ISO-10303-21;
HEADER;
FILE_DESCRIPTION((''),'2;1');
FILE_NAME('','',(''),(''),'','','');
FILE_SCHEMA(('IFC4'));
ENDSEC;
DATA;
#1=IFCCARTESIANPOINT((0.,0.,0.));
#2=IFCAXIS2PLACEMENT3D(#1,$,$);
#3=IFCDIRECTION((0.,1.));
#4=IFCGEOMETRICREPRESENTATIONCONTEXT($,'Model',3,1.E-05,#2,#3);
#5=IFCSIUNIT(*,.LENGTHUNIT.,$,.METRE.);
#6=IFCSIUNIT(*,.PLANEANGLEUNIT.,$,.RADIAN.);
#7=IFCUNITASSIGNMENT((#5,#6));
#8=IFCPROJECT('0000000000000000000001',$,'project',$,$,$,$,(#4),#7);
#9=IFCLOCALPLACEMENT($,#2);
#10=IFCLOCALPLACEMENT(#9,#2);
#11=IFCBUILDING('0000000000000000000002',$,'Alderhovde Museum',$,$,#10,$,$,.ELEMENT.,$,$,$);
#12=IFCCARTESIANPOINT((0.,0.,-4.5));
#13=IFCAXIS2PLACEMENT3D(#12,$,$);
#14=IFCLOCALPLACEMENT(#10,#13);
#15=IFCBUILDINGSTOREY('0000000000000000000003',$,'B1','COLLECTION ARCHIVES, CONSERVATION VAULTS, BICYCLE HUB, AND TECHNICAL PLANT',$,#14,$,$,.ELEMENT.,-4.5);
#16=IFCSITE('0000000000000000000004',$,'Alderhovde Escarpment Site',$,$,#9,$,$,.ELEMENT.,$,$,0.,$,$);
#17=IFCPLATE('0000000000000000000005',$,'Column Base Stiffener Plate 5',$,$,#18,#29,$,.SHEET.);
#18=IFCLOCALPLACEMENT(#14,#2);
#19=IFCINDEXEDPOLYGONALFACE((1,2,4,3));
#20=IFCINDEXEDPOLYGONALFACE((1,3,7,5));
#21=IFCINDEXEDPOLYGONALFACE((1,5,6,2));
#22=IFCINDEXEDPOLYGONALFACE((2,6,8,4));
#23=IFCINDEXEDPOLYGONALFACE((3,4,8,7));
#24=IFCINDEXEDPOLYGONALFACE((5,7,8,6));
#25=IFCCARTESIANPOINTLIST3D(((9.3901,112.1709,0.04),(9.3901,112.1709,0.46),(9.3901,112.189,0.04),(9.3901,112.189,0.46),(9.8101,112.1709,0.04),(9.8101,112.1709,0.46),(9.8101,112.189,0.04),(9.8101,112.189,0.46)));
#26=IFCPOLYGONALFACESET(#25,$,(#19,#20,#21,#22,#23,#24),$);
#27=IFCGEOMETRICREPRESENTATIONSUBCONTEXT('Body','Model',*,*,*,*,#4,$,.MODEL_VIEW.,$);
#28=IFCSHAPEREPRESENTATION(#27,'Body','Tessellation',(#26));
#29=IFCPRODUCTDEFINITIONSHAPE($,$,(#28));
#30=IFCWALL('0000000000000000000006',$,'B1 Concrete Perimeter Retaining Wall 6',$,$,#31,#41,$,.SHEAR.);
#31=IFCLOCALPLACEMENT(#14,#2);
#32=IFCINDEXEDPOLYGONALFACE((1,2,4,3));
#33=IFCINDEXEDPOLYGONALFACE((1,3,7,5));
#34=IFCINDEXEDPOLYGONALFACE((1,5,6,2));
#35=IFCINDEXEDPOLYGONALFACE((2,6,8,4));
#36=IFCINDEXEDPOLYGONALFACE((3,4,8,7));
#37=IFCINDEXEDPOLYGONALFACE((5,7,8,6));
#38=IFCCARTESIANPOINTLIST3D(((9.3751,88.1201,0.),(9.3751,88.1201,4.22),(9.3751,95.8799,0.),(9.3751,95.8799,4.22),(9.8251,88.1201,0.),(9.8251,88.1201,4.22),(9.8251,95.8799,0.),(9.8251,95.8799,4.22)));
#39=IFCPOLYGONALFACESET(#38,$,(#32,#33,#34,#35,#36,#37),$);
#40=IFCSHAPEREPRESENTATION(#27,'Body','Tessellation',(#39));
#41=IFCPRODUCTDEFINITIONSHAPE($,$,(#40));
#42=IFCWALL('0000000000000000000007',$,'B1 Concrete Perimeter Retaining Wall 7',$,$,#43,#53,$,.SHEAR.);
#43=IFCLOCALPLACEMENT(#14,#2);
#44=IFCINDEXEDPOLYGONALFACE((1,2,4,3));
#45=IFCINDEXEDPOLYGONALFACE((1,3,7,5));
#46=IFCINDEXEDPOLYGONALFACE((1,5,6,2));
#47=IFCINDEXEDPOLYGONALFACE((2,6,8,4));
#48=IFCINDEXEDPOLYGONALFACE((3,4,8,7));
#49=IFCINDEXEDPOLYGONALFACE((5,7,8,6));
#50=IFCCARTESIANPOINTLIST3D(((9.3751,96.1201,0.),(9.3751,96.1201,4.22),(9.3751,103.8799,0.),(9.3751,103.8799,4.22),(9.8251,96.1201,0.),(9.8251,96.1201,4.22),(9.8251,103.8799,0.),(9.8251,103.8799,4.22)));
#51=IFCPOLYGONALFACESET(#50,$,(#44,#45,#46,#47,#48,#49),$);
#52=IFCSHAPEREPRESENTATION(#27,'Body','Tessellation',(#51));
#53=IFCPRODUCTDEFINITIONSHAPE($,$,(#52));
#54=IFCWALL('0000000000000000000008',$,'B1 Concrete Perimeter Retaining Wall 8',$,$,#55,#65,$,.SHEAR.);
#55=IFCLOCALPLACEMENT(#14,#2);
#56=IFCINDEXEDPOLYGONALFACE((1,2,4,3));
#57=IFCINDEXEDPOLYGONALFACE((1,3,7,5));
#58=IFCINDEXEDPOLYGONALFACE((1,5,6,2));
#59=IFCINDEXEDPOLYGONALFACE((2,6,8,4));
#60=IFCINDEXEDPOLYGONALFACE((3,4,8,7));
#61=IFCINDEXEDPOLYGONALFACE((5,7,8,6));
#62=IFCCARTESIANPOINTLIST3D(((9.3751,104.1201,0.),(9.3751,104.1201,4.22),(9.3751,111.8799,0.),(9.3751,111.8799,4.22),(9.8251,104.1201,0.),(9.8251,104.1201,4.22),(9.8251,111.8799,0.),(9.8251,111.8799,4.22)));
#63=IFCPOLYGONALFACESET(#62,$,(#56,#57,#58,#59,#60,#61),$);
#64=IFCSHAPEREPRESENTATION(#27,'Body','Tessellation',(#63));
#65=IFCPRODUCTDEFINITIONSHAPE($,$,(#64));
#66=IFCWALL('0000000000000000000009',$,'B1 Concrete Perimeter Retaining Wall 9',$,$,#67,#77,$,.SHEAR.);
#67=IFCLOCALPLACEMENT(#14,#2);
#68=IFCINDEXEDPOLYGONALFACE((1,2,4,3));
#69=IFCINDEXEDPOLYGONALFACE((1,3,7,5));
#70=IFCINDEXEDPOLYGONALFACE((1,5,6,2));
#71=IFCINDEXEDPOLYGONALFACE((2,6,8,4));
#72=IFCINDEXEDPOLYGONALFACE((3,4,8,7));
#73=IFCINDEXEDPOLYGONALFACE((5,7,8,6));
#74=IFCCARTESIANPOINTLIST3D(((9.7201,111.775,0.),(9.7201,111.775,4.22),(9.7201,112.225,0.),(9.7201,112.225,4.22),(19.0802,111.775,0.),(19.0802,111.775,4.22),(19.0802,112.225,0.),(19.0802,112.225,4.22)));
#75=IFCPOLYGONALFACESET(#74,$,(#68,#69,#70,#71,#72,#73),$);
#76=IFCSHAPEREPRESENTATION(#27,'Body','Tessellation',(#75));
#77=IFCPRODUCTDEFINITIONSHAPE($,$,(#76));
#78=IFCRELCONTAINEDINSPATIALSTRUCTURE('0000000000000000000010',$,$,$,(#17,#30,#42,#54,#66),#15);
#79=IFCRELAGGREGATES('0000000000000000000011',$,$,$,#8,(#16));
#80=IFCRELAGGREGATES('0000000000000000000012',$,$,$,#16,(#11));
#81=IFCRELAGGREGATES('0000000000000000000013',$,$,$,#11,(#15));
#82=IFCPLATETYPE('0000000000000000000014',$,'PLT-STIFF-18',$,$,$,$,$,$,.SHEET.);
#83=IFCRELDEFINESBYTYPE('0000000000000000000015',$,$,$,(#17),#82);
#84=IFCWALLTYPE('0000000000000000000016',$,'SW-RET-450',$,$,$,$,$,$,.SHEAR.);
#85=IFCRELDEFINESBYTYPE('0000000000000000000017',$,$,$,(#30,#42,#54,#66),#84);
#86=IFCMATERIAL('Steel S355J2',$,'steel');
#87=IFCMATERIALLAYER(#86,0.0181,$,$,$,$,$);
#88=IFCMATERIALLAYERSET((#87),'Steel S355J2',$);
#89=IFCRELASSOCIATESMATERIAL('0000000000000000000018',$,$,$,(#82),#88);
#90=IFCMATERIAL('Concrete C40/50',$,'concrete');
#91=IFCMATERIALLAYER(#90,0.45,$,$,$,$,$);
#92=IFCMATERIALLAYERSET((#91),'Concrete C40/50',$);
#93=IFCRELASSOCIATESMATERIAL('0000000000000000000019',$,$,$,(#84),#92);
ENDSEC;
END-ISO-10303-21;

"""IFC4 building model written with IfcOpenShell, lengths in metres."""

from ifc_helpers import new_model, si_unit, direction, frame, frame_2d, origin, origin_2d, place, context, subcontext, project, spatial, rectangle, extrude, material, layer, layer_set, type_object, element, save


model = new_model("IFC4")

# Units and contexts
model_context = context("Model", 3, precision=1e-05, world=origin(), true_north=direction((0.0, 1.0)))
body_context = subcontext(model_context, "Body", "Model", "MODEL_VIEW")
ifc_project = project(units=[si_unit("LENGTHUNIT", "METRE"), si_unit("PLANEANGLEUNIT", "RADIAN")], contexts=[model_context])

# Site, building, storey
site_placement = place(None, origin())
site = spatial("IfcSite", under=ifc_project, at=site_placement, Name="Alderhovde Escarpment Site", CompositionType="ELEMENT", RefElevation=0.0)
building_placement = place(site_placement, origin())
building = spatial("IfcBuilding", under=site, at=building_placement, Name="Alderhovde Museum", CompositionType="ELEMENT")
storey_placement = place(building_placement, frame((0.0, 0.0, -4.5)))
storey = spatial("IfcBuildingStorey", under=building, at=storey_placement, Name="B1", Description="COLLECTION ARCHIVES, CONSERVATION VAULTS, BICYCLE HUB, AND TECHNICAL PLANT", CompositionType="ELEMENT", Elevation=-4.5)

# Plate
ifc_material_1 = material(Name="Steel S355J2", Category="steel")
ifc_layer_1 = layer(ifc_material_1, 0.0181)
ifc_layer_set_1 = layer_set([ifc_layer_1], Name="Steel S355J2")
plate_type_1 = type_object("IfcPlateType", Name="PLT-STIFF-18", PredefinedType="SHEET", material=ifc_layer_set_1)
for number, where, z_axis, x_axis, name in (
    (1, (9.6001, 112.1799, 0.04), (0.0, 0.0, 1.0), (1.0, 0.0, 0.0), "Column Base Stiffener Plate 5"),
):
    element("IfcPlate", number, at=place(storey_placement, frame(where, z_axis=z_axis, x_axis=x_axis)), inside=storey, type_object=plate_type_1, Name=name, PredefinedType="SHEET", context=body_context, shape_type="SweptSolid", body=[
        extrude(rectangle(XDim=0.4199, YDim=0.0181, at=origin_2d()), origin(), (0.0, 0.0, 1.0), 0.4199),
    ])

# Walls
ifc_material_2 = material(Name="Concrete C40/50", Category="concrete")
ifc_layer_2 = layer(ifc_material_2, 0.45)
ifc_layer_set_2 = layer_set([ifc_layer_2], Name="Concrete C40/50")
wall_type = type_object("IfcWallType", Name="SW-RET-450", PredefinedType="SHEAR", material=ifc_layer_set_2)
for number, where, z_axis, x_axis, name in (
    (2, (9.6001, 88.1201, 0.0), (0.0, 0.0, 1.0), (0.0, 1.0, 0.0), "B1 Concrete Perimeter Retaining Wall 6"),
    (3, (9.6001, 96.1201, 0.0), (0.0, 0.0, 1.0), (0.0, 1.0, 0.0), "B1 Concrete Perimeter Retaining Wall 7"),
    (4, (9.6001, 104.1201, 0.0), (0.0, 0.0, 1.0), (0.0, 1.0, 0.0), "B1 Concrete Perimeter Retaining Wall 8"),
):
    element("IfcWall", number, at=place(storey_placement, frame(where, z_axis=z_axis, x_axis=x_axis)), inside=storey, type_object=wall_type, Name=name, PredefinedType="SHEAR", context=body_context, shape_type="SweptSolid", body=[
        extrude(rectangle(XDim=7.7598, YDim=0.45, at=frame_2d((3.8799, 0.0))), origin(), (0.0, 0.0, 1.0), 4.22),
    ])
wall_placement = place(storey_placement, frame((9.72, 112.0, 0.0), z_axis=(0.0, 0.0, 1.0), x_axis=(1.0, 0.0, 0.0)))
element("IfcWall", 5, at=wall_placement, inside=storey, type_object=wall_type, Name="B1 Concrete Perimeter Retaining Wall 9", PredefinedType="SHEAR", context=body_context, shape_type="SweptSolid", body=[
    extrude(rectangle(XDim=9.3601, YDim=0.45, at=frame_2d((4.6802, 0.0))), origin(), (0.0, 0.0, 1.0), 4.22),
])

save(model, "model.ifc")
